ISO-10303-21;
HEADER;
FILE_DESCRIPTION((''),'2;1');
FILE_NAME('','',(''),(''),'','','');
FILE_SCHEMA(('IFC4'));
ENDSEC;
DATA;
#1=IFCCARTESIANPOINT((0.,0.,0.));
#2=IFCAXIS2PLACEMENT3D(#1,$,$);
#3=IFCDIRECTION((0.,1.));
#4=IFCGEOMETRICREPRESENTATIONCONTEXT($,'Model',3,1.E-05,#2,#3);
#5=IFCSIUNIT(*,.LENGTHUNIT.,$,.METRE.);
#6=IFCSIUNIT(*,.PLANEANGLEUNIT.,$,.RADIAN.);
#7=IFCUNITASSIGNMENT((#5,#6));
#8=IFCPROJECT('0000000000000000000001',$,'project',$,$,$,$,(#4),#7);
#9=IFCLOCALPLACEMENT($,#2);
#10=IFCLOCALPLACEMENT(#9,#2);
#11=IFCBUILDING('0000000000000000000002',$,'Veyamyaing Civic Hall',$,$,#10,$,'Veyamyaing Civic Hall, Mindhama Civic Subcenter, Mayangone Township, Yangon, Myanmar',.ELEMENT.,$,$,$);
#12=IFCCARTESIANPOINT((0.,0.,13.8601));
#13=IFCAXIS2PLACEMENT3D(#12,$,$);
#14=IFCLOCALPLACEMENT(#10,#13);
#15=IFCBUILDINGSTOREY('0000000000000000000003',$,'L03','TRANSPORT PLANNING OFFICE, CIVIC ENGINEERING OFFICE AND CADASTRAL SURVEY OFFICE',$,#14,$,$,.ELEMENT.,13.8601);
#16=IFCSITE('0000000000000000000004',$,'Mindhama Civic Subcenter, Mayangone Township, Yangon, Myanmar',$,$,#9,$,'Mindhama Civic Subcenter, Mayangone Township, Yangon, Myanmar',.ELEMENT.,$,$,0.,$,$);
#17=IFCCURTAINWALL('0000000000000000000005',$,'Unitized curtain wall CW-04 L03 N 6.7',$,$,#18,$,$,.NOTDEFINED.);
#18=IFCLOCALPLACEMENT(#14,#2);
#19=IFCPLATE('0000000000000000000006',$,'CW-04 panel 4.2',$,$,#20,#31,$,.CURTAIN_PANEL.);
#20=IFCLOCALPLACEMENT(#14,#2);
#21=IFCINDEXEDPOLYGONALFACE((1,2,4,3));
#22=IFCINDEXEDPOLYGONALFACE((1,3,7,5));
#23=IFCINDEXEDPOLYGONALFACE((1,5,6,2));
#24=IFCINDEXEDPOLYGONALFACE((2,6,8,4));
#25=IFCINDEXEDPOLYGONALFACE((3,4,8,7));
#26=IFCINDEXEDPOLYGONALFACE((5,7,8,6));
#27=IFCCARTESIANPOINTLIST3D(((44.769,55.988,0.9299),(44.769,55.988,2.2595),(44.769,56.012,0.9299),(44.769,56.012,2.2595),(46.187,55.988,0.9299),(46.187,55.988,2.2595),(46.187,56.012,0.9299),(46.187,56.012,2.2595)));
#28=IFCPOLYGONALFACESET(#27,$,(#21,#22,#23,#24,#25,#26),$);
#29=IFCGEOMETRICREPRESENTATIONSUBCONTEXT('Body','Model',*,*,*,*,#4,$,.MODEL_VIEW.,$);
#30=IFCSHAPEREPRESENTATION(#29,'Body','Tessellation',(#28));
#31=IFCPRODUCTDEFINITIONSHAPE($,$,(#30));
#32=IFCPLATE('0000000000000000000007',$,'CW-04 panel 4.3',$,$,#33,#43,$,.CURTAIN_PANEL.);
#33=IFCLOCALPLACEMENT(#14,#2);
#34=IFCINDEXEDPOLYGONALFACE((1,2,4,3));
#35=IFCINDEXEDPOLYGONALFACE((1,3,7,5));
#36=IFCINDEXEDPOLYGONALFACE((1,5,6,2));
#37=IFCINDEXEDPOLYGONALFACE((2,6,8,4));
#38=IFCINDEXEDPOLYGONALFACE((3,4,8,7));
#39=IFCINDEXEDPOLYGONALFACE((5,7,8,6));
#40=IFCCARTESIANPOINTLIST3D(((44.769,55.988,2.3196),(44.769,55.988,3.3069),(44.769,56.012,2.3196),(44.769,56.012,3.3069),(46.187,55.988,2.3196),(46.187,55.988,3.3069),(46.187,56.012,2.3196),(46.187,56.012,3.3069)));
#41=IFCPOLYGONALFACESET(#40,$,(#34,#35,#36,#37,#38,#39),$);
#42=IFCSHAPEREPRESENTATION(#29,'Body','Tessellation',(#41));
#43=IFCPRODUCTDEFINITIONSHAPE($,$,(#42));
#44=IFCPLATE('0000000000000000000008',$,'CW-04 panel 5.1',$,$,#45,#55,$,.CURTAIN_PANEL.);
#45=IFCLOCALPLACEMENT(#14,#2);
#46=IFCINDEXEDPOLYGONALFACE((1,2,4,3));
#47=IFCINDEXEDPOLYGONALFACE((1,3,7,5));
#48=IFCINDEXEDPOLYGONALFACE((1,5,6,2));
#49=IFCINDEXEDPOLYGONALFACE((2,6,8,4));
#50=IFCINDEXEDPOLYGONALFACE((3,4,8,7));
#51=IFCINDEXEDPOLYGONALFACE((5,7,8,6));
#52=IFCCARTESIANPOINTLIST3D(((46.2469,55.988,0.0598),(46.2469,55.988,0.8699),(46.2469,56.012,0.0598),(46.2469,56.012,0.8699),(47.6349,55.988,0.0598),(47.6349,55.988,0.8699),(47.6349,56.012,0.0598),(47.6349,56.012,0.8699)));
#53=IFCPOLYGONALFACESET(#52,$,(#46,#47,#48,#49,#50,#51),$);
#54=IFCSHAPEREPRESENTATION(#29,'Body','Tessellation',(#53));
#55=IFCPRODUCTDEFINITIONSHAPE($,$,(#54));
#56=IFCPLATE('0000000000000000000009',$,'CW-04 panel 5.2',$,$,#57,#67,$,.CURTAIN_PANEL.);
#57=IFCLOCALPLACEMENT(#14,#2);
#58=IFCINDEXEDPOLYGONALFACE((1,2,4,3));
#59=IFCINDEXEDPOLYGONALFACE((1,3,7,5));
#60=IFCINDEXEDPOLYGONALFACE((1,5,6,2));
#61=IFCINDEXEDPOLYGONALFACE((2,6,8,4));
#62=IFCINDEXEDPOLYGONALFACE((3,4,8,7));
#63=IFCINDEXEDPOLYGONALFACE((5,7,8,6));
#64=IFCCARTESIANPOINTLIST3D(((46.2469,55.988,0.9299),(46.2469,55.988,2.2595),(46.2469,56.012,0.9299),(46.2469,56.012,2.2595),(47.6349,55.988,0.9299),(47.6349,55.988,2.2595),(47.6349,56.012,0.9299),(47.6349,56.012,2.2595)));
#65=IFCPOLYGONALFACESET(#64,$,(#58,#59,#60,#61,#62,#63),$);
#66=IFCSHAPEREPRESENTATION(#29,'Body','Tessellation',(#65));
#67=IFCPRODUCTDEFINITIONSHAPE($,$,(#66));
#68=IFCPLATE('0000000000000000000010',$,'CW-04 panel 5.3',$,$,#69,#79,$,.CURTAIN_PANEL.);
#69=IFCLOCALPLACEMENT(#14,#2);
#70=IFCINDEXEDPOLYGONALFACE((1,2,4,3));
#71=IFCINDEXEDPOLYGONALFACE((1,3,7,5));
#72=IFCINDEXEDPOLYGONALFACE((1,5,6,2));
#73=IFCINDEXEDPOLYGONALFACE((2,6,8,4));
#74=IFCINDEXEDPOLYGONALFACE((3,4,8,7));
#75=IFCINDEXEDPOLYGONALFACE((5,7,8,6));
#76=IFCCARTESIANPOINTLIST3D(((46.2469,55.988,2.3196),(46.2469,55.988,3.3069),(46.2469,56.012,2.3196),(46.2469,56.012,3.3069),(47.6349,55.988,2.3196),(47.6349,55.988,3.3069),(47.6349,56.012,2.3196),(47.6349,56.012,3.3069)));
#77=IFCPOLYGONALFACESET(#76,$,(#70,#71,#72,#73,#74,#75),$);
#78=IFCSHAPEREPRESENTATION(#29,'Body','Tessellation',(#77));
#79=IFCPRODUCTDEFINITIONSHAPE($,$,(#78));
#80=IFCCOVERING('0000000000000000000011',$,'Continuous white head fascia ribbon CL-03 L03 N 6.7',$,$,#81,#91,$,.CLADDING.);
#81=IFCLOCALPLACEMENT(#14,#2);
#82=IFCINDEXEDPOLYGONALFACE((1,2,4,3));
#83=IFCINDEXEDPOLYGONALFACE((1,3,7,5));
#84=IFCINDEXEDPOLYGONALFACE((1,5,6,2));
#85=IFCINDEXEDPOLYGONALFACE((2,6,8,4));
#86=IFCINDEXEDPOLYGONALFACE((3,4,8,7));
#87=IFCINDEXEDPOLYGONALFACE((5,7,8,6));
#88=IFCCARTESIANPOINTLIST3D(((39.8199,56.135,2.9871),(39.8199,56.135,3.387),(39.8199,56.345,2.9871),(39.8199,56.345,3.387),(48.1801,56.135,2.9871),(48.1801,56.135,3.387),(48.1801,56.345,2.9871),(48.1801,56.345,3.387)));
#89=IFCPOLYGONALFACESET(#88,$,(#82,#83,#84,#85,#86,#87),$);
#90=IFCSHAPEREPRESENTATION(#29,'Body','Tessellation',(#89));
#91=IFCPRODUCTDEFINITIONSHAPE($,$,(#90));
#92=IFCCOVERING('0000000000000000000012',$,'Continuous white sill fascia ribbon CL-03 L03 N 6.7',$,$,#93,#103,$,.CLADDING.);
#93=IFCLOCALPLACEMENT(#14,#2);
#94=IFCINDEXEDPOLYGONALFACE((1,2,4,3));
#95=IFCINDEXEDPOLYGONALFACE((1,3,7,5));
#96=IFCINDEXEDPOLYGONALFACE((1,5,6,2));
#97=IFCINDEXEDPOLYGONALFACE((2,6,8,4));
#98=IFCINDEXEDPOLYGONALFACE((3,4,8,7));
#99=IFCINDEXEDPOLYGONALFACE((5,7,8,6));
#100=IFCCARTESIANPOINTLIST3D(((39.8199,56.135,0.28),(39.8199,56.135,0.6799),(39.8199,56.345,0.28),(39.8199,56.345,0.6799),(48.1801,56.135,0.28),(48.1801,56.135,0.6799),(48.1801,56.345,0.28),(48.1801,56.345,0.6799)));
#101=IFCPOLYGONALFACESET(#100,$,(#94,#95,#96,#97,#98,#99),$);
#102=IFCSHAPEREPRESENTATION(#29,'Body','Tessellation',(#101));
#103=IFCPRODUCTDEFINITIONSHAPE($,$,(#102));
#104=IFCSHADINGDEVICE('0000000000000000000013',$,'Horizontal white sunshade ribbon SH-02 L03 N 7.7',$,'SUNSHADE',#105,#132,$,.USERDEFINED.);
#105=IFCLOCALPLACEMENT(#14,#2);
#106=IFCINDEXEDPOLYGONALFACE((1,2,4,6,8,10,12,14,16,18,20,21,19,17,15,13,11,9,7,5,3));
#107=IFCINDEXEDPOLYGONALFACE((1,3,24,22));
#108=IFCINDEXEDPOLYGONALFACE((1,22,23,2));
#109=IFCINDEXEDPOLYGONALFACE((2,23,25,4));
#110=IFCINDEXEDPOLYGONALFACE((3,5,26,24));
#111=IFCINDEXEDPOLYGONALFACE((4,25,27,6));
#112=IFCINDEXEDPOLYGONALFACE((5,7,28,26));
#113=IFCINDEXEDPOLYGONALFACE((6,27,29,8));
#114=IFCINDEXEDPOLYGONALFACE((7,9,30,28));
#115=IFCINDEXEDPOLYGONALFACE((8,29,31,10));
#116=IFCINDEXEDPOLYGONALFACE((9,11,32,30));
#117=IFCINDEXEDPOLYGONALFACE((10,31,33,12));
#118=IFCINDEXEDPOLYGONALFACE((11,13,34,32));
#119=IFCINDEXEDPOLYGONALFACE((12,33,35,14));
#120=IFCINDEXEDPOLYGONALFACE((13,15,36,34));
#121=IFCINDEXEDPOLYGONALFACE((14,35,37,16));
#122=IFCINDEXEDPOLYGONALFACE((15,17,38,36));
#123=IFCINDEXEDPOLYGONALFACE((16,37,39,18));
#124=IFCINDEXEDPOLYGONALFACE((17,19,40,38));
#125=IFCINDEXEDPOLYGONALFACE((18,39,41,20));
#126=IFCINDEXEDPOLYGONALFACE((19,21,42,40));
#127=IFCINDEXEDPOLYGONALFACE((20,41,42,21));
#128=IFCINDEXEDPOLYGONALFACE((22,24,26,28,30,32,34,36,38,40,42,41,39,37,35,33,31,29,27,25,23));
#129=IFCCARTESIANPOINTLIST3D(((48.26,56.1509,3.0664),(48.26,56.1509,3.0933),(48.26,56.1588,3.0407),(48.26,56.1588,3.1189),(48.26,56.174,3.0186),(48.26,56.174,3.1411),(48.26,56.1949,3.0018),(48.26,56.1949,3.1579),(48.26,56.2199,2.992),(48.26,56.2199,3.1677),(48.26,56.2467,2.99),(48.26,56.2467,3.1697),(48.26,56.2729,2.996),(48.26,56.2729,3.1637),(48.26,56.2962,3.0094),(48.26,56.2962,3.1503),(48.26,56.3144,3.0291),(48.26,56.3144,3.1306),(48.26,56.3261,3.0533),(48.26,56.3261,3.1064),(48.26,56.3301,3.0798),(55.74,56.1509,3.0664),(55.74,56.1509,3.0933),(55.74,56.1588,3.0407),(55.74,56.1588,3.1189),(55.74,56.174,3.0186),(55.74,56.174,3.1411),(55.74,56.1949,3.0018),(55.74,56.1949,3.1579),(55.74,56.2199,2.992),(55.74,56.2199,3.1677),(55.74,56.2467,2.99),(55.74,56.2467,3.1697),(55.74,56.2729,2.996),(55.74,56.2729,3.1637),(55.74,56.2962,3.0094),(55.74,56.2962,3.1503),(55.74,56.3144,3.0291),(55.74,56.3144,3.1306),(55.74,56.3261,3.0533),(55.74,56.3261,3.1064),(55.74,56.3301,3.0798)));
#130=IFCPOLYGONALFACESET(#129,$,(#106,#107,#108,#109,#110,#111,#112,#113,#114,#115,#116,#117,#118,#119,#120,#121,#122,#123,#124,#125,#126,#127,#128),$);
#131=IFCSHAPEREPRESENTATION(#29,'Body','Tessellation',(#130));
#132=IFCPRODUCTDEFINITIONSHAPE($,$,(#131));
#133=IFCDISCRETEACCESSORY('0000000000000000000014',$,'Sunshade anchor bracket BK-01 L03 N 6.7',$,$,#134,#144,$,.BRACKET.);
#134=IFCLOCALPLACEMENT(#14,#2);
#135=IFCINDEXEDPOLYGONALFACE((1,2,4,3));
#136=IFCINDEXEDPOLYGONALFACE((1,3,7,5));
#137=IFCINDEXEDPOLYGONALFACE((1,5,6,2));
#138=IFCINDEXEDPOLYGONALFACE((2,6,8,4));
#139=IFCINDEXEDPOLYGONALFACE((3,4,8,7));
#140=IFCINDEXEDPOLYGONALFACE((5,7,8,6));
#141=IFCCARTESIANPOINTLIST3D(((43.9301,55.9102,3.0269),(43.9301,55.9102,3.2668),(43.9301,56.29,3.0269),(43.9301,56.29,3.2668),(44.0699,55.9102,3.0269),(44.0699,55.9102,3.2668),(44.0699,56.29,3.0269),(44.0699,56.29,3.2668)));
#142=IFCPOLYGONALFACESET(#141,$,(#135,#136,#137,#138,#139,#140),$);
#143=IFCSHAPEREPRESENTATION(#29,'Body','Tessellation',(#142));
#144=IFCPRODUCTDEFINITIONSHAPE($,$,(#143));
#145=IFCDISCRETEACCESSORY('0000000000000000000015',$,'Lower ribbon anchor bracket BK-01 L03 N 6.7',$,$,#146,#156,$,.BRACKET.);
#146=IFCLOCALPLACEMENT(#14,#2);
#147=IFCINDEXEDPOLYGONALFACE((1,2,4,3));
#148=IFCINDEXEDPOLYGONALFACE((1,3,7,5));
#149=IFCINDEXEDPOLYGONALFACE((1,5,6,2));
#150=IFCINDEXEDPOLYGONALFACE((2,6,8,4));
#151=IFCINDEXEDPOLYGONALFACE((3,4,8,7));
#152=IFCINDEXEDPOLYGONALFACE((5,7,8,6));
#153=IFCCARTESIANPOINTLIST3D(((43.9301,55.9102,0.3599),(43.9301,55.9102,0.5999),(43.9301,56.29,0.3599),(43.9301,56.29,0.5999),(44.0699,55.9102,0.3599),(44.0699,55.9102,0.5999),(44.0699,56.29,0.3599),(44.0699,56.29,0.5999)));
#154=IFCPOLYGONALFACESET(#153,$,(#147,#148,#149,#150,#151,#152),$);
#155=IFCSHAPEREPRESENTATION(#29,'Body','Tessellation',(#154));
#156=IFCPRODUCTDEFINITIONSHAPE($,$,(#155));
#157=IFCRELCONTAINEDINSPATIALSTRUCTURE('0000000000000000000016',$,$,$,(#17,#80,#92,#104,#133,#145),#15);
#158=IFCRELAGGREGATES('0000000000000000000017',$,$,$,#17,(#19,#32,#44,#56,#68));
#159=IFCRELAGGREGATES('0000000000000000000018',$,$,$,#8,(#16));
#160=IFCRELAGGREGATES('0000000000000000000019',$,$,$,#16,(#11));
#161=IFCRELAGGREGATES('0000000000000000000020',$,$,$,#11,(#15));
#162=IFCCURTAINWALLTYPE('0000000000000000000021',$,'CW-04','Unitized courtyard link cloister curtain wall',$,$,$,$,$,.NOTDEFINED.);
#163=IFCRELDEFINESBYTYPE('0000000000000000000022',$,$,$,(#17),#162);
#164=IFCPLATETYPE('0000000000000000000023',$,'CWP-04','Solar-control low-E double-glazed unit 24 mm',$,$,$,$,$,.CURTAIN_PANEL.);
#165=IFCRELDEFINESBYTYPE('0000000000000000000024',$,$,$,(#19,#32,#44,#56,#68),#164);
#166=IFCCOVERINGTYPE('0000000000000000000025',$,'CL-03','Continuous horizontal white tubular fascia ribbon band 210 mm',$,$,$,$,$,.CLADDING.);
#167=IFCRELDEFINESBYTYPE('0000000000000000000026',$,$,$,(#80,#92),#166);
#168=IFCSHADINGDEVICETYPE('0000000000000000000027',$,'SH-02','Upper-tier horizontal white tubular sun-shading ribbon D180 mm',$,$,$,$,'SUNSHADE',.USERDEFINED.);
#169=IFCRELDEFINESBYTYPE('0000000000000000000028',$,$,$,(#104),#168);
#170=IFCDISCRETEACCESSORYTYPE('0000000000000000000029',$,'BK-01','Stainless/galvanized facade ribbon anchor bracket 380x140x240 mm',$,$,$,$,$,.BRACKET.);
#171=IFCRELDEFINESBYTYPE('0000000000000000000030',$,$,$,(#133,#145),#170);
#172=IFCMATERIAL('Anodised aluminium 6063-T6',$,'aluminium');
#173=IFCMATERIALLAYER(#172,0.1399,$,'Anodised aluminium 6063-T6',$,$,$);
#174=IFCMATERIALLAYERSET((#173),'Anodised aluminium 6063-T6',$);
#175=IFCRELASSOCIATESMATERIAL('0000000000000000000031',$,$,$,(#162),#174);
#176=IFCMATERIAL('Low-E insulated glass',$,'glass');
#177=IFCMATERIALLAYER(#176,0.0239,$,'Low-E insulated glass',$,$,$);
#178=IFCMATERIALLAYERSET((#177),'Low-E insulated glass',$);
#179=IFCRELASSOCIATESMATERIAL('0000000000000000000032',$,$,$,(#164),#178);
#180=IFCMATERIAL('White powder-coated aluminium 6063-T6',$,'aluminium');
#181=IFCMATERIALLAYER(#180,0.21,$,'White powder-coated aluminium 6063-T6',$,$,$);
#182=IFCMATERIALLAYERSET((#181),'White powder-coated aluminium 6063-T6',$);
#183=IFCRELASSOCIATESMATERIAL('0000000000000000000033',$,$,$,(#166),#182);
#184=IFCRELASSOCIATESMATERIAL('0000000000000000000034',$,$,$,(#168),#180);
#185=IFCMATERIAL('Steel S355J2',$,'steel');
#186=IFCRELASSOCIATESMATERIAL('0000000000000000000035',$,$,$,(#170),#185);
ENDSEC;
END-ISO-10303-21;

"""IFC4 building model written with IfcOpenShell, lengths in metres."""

from ifc_helpers import new_model, si_unit, direction, frame, origin, origin_2d, place, context, subcontext, project, spatial, rectangle, circle, extrude, material, layer, layer_set, material_profile, profile_set, type_object, element, aggregate, save


model = new_model("IFC4")

# Units and contexts
model_context = context("Model", 3, precision=1e-05, world=origin(), true_north=direction((0.0, 1.0)))
body_context = subcontext(model_context, "Body", "Model", "MODEL_VIEW")
ifc_project = project(units=[si_unit("LENGTHUNIT", "METRE"), si_unit("PLANEANGLEUNIT", "RADIAN")], contexts=[model_context])

# Site, building, storey
site_placement = place(None, origin())
site = spatial("IfcSite", under=ifc_project, at=site_placement, Name="Mindhama Civic Subcenter, Mayangone Township, Yangon, Myanmar", LongName="Mindhama Civic Subcenter, Mayangone Township, Yangon, Myanmar", CompositionType="ELEMENT", RefElevation=0.0)
building_placement = place(site_placement, origin())
building = spatial("IfcBuilding", under=site, at=building_placement, Name="Veyamyaing Civic Hall", LongName="Veyamyaing Civic Hall, Mindhama Civic Subcenter, Mayangone Township, Yangon, Myanmar", CompositionType="ELEMENT")
storey_placement = place(building_placement, frame((0.0, 0.0, 13.8601)))
storey = spatial("IfcBuildingStorey", under=building, at=storey_placement, Name="L03", Description="TRANSPORT PLANNING OFFICE, CIVIC ENGINEERING OFFICE AND CADASTRAL SURVEY OFFICE", CompositionType="ELEMENT", Elevation=13.8601)

# Curtain wall
ifc_material_1 = material(Name="Anodised aluminium 6063-T6", Category="aluminium")
ifc_layer_1 = layer(ifc_material_1, 0.1399, Name="Anodised aluminium 6063-T6")
ifc_layer_set_1 = layer_set([ifc_layer_1], Name="Anodised aluminium 6063-T6")
curtain_wall_type = type_object("IfcCurtainWallType", Name="CW-04", Description="Unitized courtyard link cloister curtain wall", PredefinedType="NOTDEFINED", material=ifc_layer_set_1)
curtain_wall_1_placement = place(storey_placement, origin())
curtain_wall_1 = element("IfcCurtainWall", 1, at=curtain_wall_1_placement, inside=storey, type_object=curtain_wall_type, Name="Unitized curtain wall CW-04 L03 N 6.7", PredefinedType="NOTDEFINED")

# Plates
ifc_material_2 = material(Name="Low-E insulated glass", Category="glass")
ifc_layer_2 = layer(ifc_material_2, 0.0239, Name="Low-E insulated glass")
ifc_layer_set_2 = layer_set([ifc_layer_2], Name="Low-E insulated glass")
plate_type = type_object("IfcPlateType", Name="CWP-04", Description="Solar-control low-E double-glazed unit 24 mm", PredefinedType="CURTAIN_PANEL", material=ifc_layer_set_2)
plate_1_placement = place(storey_placement, frame((45.478, 56.0, 0.9299), z_axis=(0.0, 0.0, 1.0), x_axis=(1.0, 0.0, 0.0)))
plate_1 = element("IfcPlate", 2, at=plate_1_placement, type_object=plate_type, Name="CW-04 panel 4.2", PredefinedType="CURTAIN_PANEL", context=body_context, shape_type="SweptSolid", body=[
    extrude(rectangle(XDim=1.418, YDim=0.0239, at=origin_2d()), origin(), (0.0, 0.0, 1.0), 1.3296),
])
plate_2_placement = place(storey_placement, frame((45.478, 56.0, 2.3196), z_axis=(0.0, 0.0, 1.0), x_axis=(1.0, 0.0, 0.0)))
plate_2 = element("IfcPlate", 3, at=plate_2_placement, type_object=plate_type, Name="CW-04 panel 4.3", PredefinedType="CURTAIN_PANEL", context=body_context, shape_type="SweptSolid", body=[
    extrude(rectangle(XDim=1.418, YDim=0.0239, at=origin_2d()), origin(), (0.0, 0.0, 1.0), 0.9873),
])
plate_3_placement = place(storey_placement, frame((46.9409, 56.0, 0.0598), z_axis=(0.0, 0.0, 1.0), x_axis=(1.0, 0.0, 0.0)))
plate_3 = element("IfcPlate", 4, at=plate_3_placement, type_object=plate_type, Name="CW-04 panel 5.1", PredefinedType="CURTAIN_PANEL", context=body_context, shape_type="SweptSolid", body=[
    extrude(rectangle(XDim=1.3879, YDim=0.0239, at=origin_2d()), origin(), (0.0, 0.0, 1.0), 0.8101),
])
plate_4_placement = place(storey_placement, frame((46.9409, 56.0, 0.9299), z_axis=(0.0, 0.0, 1.0), x_axis=(1.0, 0.0, 0.0)))
plate_4 = element("IfcPlate", 5, at=plate_4_placement, type_object=plate_type, Name="CW-04 panel 5.2", PredefinedType="CURTAIN_PANEL", context=body_context, shape_type="SweptSolid", body=[
    extrude(rectangle(XDim=1.3879, YDim=0.0239, at=origin_2d()), origin(), (0.0, 0.0, 1.0), 1.3296),
])
plate_5_placement = place(storey_placement, frame((46.9409, 56.0, 2.3196), z_axis=(0.0, 0.0, 1.0), x_axis=(1.0, 0.0, 0.0)))
plate_5 = element("IfcPlate", 6, at=plate_5_placement, type_object=plate_type, Name="CW-04 panel 5.3", PredefinedType="CURTAIN_PANEL", context=body_context, shape_type="SweptSolid", body=[
    extrude(rectangle(XDim=1.3879, YDim=0.0239, at=origin_2d()), origin(), (0.0, 0.0, 1.0), 0.9873),
])
aggregate(curtain_wall_1, [plate_1, plate_2, plate_3, plate_4, plate_5])

# Coverings
ifc_material_3 = material(Name="White powder-coated aluminium 6063-T6", Category="aluminium")
ifc_layer_3 = layer(ifc_material_3, 0.21, Name="White powder-coated aluminium 6063-T6")
ifc_layer_set_3 = layer_set([ifc_layer_3], Name="White powder-coated aluminium 6063-T6")
covering_type = type_object("IfcCoveringType", Name="CL-03", Description="Continuous horizontal white tubular fascia ribbon band 210 mm", PredefinedType="CLADDING", material=ifc_layer_set_3)
for number, where, z_axis, x_axis, name in (
    (7, (44.0, 56.24, 2.9871), (0.0, 0.0, 1.0), (1.0, 0.0, 0.0), "Continuous white head fascia ribbon CL-03 L03 N 6.7"),
    (8, (44.0, 56.24, 0.28), (0.0, 0.0, 1.0), (1.0, 0.0, 0.0), "Continuous white sill fascia ribbon CL-03 L03 N 6.7"),
):
    element("IfcCovering", number, at=place(storey_placement, frame(where, z_axis=z_axis, x_axis=x_axis)), inside=storey, type_object=covering_type, Name=name, PredefinedType="CLADDING", context=body_context, shape_type="SweptSolid", body=[
        extrude(rectangle(XDim=8.3601, YDim=0.21, at=origin_2d()), origin(), (0.0, 0.0, 1.0), 0.3999),
    ])

# Shading device
ifc_material_profile_1 = material_profile(ifc_material_3, circle(Radius=0.0901, at=origin_2d()), Name="SHADE-TUBE-180")
ifc_profile_set_1 = profile_set([ifc_material_profile_1], Name="White powder-coated aluminium 6063-T6")
shading_device_type = type_object("IfcShadingDeviceType", Name="SH-02", Description="Upper-tier horizontal white tubular sun-shading ribbon D180 mm", ElementType="SUNSHADE", PredefinedType="USERDEFINED", material=ifc_profile_set_1)
shading_device_placement = place(storey_placement, frame((48.26, 56.24, 3.0798), z_axis=(1.0, 0.0, 0.0), x_axis=(0.0, 1.0, 0.0)))
element("IfcShadingDevice", 9, at=shading_device_placement, inside=storey, type_object=shading_device_type, Name="Horizontal white sunshade ribbon SH-02 L03 N 7.7", ObjectType="SUNSHADE", PredefinedType="USERDEFINED", context=body_context, shape_type="SweptSolid", body=[
    extrude(circle(Radius=0.0901, at=origin_2d()), origin(), (0.0, 0.0, 1.0), 7.48),
])

# Discrete accessories
ifc_material_4 = material(Name="Steel S355J2", Category="steel")
discrete_accessory_type = type_object("IfcDiscreteAccessoryType", Name="BK-01", Description="Stainless/galvanized facade ribbon anchor bracket 380x140x240 mm", PredefinedType="BRACKET", material=ifc_material_4)
for number, where, z_axis, x_axis, name in (
    (10, (44.0, 56.1001, 3.0269), (0.0, 0.0, 1.0), (0.0, 1.0, 0.0), "Sunshade anchor bracket BK-01 L03 N 6.7"),
    (11, (44.0, 56.1001, 0.3599), (0.0, 0.0, 1.0), (0.0, 1.0, 0.0), "Lower ribbon anchor bracket BK-01 L03 N 6.7"),
):
    element("IfcDiscreteAccessory", number, at=place(storey_placement, frame(where, z_axis=z_axis, x_axis=x_axis)), inside=storey, type_object=discrete_accessory_type, Name=name, PredefinedType="BRACKET", context=body_context, shape_type="SweptSolid", body=[
        extrude(rectangle(XDim=0.3799, YDim=0.1399, at=origin_2d()), origin(), (0.0, 0.0, 1.0), 0.24),
    ])

save(model, "model.ifc")
